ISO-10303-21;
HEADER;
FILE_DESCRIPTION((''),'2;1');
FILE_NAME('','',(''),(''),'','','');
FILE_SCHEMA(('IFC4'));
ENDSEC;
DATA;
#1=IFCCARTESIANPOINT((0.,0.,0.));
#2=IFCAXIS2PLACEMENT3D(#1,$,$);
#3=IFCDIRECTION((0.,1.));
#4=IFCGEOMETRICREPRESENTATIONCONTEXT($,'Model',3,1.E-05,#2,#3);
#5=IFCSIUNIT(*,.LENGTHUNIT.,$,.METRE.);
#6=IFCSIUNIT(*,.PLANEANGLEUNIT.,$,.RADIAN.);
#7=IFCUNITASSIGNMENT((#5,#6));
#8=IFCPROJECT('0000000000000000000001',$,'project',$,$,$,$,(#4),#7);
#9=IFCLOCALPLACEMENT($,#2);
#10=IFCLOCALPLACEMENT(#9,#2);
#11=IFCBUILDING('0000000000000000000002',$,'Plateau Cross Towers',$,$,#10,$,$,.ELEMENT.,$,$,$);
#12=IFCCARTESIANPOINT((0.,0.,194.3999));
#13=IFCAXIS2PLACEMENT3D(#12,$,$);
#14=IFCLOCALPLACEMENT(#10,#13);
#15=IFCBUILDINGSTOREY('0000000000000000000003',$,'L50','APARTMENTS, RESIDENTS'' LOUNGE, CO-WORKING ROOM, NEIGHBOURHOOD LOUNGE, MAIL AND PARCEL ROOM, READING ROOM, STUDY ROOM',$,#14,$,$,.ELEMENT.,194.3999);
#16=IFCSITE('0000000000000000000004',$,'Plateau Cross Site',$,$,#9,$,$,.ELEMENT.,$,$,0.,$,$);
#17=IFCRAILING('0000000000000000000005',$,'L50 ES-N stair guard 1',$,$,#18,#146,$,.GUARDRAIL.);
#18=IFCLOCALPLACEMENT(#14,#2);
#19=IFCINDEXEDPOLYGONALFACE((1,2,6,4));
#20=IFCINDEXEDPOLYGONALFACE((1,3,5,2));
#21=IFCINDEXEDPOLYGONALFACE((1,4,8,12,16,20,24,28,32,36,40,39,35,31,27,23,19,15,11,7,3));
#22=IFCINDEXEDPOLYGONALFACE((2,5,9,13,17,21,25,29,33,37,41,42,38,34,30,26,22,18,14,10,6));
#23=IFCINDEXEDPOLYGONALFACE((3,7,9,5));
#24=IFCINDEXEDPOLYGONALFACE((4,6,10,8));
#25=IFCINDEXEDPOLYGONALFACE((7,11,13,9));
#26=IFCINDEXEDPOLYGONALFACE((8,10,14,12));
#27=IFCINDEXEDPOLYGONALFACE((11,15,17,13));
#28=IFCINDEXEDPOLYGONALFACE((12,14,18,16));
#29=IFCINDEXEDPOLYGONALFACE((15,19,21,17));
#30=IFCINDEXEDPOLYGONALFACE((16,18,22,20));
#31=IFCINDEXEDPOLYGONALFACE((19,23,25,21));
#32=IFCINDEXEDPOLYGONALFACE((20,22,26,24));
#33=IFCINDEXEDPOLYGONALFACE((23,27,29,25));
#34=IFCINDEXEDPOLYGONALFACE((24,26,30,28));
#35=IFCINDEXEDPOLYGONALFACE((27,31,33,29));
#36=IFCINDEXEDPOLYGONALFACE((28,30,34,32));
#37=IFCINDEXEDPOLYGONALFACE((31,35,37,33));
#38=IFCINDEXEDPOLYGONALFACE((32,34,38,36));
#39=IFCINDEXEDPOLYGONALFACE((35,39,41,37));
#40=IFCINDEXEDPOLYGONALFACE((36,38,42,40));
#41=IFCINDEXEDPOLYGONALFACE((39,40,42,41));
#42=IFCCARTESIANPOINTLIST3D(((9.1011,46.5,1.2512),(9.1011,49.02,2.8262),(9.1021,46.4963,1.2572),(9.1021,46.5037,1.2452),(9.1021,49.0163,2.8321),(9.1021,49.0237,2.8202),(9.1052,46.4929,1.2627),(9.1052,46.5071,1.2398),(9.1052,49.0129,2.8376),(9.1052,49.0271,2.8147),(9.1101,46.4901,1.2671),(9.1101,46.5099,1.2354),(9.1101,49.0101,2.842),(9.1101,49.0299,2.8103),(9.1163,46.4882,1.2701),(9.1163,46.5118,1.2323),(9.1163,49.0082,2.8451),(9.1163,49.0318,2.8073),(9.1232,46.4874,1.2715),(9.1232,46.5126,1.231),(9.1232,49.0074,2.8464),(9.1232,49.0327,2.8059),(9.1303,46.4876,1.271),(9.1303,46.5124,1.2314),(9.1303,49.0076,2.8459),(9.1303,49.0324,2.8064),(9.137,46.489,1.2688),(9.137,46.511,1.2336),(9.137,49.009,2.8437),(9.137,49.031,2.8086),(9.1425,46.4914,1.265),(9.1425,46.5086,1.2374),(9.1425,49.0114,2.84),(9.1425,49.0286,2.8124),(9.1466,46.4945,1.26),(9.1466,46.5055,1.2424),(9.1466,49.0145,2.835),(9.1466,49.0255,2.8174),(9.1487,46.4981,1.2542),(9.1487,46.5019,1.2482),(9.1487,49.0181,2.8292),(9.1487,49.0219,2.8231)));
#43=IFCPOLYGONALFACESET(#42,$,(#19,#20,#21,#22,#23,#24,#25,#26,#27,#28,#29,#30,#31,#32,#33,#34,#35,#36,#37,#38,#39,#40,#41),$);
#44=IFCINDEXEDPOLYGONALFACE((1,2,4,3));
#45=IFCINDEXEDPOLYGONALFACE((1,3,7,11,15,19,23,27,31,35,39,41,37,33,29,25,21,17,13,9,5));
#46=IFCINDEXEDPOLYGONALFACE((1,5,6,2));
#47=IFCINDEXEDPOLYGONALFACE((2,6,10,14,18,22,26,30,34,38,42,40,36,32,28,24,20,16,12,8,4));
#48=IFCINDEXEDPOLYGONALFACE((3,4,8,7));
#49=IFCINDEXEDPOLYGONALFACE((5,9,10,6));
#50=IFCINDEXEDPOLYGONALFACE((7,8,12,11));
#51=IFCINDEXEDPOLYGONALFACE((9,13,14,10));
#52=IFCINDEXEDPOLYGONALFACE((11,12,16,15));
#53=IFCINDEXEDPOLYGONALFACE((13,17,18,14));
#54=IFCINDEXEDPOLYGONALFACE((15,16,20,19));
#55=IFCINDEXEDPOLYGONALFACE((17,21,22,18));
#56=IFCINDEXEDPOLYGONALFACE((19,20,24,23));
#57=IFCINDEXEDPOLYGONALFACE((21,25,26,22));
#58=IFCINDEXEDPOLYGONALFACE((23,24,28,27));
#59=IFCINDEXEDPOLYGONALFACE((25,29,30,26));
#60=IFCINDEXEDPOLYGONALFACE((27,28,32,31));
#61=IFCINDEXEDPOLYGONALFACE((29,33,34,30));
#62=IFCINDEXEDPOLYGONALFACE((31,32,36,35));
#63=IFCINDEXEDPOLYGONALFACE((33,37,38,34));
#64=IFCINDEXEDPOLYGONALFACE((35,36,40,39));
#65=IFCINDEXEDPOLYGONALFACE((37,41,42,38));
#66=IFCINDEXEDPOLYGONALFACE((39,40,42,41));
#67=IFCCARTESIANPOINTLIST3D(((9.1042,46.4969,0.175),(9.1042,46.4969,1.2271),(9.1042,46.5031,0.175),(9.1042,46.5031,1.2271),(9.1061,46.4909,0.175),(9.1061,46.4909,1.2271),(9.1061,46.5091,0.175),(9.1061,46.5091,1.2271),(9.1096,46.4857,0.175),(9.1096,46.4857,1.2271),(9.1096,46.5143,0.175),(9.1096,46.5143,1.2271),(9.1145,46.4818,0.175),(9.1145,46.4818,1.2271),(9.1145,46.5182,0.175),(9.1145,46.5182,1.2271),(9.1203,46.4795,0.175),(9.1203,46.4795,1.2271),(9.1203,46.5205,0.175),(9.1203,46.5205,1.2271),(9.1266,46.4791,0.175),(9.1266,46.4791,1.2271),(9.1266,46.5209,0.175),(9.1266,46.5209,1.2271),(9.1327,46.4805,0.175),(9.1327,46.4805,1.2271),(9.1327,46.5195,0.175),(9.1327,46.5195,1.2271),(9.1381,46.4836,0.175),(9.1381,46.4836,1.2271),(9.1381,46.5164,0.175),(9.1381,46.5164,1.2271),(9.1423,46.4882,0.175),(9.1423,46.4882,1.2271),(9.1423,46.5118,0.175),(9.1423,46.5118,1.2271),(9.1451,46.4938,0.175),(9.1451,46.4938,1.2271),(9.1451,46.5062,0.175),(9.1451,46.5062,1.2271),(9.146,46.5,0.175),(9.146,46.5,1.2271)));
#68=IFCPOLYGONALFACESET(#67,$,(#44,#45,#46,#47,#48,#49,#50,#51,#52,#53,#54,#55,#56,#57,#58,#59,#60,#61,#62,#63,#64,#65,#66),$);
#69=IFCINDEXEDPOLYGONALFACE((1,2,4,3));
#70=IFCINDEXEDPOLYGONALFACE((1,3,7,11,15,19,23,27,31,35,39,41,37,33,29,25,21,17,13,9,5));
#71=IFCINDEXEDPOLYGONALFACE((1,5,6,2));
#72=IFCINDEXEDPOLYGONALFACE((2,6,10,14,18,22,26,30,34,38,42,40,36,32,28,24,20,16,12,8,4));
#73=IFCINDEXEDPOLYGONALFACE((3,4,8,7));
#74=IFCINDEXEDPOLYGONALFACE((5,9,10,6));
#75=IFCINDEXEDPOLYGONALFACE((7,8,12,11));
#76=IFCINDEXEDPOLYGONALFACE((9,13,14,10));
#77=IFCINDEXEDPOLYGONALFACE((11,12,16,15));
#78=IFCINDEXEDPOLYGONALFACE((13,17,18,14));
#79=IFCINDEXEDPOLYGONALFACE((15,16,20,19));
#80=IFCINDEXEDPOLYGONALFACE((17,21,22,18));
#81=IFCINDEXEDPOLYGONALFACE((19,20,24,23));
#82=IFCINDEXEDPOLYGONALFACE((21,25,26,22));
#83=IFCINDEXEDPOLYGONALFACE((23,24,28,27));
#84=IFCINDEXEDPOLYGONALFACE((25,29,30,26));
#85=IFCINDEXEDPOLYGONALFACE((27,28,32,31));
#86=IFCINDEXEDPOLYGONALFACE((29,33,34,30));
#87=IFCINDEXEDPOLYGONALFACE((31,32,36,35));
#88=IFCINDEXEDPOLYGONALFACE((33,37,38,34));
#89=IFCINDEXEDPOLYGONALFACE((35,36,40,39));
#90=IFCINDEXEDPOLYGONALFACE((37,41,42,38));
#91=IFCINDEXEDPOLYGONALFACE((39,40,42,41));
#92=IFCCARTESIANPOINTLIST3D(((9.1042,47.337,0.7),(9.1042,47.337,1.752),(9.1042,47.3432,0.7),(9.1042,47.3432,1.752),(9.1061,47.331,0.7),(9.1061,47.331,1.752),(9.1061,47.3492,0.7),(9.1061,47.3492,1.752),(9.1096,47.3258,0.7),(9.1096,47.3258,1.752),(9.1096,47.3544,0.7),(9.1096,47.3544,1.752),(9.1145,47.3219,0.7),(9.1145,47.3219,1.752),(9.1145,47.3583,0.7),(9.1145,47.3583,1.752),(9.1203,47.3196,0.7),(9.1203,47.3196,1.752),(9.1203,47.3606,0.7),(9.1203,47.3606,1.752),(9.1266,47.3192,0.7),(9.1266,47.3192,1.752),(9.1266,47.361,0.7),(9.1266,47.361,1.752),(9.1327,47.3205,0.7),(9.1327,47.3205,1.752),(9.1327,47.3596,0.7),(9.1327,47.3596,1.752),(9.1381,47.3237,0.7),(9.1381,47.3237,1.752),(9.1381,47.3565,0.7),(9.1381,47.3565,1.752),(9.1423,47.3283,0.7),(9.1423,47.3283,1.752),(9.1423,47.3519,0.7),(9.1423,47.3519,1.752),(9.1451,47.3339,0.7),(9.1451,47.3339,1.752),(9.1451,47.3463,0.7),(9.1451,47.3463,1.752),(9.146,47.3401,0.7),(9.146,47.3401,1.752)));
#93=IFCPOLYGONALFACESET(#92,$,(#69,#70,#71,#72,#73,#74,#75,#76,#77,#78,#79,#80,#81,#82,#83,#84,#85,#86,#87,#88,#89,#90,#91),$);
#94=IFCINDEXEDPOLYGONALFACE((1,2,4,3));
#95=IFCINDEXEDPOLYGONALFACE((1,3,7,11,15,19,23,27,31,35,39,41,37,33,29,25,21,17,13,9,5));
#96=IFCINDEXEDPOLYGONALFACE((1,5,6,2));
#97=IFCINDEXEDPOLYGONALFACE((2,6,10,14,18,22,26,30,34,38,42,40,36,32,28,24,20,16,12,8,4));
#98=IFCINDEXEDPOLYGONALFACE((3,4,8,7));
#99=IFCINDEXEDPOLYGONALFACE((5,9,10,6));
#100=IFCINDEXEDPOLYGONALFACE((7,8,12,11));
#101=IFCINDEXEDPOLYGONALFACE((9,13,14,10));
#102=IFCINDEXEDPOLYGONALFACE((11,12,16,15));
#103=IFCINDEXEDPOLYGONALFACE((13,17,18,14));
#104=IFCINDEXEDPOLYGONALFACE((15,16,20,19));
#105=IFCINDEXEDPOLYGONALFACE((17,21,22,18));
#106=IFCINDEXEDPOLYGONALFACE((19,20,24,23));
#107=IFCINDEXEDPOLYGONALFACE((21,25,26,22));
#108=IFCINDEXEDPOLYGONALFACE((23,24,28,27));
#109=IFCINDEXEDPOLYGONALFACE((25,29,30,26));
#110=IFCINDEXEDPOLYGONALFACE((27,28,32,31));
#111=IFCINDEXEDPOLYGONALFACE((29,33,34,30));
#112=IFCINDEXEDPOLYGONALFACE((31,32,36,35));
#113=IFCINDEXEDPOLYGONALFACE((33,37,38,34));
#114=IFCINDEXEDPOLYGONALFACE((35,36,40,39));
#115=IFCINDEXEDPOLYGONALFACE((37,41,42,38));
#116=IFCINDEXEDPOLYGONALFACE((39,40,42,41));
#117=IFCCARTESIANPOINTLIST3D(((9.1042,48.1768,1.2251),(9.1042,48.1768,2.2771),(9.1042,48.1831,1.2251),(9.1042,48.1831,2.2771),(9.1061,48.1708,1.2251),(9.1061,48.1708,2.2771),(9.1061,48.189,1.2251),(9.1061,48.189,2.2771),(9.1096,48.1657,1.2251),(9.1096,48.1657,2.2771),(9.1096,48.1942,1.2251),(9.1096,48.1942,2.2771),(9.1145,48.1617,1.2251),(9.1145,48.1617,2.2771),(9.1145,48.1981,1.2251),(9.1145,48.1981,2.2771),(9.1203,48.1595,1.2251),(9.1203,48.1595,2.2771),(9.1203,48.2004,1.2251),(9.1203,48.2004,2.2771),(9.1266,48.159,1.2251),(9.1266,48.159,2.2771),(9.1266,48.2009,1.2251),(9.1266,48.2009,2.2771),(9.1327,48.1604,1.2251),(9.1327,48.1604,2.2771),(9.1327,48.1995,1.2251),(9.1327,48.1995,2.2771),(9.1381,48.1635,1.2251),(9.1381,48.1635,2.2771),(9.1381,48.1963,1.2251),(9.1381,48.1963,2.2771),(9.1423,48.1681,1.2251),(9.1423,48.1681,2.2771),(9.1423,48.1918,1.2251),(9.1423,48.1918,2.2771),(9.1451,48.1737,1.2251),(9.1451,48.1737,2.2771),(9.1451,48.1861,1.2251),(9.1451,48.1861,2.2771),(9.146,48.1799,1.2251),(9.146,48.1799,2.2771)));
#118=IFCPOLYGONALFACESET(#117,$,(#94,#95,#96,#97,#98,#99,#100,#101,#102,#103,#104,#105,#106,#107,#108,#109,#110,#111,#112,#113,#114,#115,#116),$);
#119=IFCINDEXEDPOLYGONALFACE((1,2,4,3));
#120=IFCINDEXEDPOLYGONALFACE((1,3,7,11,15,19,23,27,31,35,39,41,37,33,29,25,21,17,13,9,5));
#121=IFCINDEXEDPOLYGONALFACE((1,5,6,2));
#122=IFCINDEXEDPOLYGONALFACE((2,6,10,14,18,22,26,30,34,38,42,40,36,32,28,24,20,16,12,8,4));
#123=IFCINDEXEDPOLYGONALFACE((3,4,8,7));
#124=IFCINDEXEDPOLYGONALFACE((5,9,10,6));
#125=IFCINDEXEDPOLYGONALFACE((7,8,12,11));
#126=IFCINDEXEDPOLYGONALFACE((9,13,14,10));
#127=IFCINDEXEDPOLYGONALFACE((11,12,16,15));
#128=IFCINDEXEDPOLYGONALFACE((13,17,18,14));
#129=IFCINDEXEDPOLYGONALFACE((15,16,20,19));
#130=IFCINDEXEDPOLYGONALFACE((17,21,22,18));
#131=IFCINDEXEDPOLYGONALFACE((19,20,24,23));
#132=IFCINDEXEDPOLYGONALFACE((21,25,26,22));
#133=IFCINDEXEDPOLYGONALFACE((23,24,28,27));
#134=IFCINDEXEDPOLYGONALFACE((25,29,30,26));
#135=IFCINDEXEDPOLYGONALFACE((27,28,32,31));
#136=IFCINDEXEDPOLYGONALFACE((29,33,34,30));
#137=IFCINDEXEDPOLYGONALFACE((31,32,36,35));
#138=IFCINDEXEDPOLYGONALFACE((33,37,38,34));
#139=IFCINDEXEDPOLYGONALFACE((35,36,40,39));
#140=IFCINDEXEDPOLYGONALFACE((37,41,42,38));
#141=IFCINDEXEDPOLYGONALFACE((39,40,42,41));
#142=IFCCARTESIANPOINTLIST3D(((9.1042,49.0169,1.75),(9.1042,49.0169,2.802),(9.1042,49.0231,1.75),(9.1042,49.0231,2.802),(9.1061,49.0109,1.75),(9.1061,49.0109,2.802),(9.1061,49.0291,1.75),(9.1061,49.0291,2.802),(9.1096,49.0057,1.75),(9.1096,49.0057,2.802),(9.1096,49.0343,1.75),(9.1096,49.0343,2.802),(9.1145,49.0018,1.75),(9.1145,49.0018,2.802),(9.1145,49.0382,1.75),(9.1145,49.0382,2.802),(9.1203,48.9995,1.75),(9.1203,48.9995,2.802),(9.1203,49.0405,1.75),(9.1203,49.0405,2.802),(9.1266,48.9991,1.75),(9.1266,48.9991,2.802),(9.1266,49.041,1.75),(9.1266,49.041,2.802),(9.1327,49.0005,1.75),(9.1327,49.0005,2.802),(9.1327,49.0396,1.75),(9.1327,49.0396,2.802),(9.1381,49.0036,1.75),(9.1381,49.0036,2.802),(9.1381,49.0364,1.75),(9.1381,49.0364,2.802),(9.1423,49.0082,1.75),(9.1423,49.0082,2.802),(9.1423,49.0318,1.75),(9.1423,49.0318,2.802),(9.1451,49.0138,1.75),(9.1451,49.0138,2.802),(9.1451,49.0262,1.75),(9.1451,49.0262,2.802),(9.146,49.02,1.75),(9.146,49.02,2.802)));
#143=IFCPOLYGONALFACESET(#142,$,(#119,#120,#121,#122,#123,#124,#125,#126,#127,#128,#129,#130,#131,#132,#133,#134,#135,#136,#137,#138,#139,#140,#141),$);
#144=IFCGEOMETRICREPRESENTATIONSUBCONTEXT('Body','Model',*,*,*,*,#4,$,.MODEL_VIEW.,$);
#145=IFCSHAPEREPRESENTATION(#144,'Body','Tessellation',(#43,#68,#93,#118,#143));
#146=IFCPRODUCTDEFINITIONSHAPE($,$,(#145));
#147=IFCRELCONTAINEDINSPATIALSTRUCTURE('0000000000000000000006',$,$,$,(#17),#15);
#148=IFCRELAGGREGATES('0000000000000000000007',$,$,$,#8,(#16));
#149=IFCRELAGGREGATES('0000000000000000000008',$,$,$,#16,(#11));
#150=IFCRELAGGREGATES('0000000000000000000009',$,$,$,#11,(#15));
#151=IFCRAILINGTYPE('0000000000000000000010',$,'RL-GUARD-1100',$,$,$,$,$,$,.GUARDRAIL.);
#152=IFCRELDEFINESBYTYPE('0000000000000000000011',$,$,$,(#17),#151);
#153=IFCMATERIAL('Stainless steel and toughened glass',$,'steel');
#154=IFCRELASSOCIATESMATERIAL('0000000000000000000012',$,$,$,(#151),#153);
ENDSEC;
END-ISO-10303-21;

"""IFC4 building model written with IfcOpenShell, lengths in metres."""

from ifc_helpers import new_model, si_unit, direction, frame, origin, origin_2d, place, context, subcontext, project, spatial, circle, extrude, material, type_object, element, save


model = new_model("IFC4")

# Units and contexts
model_context = context("Model", 3, precision=1e-05, world=origin(), true_north=direction((0.0, 1.0)))
body_context = subcontext(model_context, "Body", "Model", "MODEL_VIEW")
ifc_project = project(units=[si_unit("LENGTHUNIT", "METRE"), si_unit("PLANEANGLEUNIT", "RADIAN")], contexts=[model_context])

# Site, building, storey
site_placement = place(None, origin())
site = spatial("IfcSite", under=ifc_project, at=site_placement, Name="Plateau Cross Site", CompositionType="ELEMENT", RefElevation=0.0)
building_placement = place(site_placement, origin())
building = spatial("IfcBuilding", under=site, at=building_placement, Name="Plateau Cross Towers", CompositionType="ELEMENT")
storey_placement = place(building_placement, frame((0.0, 0.0, 194.3999)))
storey = spatial("IfcBuildingStorey", under=building, at=storey_placement, Name="L50", Description="APARTMENTS, RESIDENTS' LOUNGE, CO-WORKING ROOM, NEIGHBOURHOOD LOUNGE, MAIL AND PARCEL ROOM, READING ROOM, STUDY ROOM", CompositionType="ELEMENT", Elevation=194.3999)

# Railing
ifc_material_1 = material(Name="Stainless steel and toughened glass", Category="steel")
railing_type_1 = type_object("IfcRailingType", Name="RL-GUARD-1100", PredefinedType="GUARDRAIL", material=ifc_material_1)
railing_1_placement = place(storey_placement, frame((9.125, 46.5, 0.175)))
element("IfcRailing", 1, at=railing_1_placement, inside=storey, type_object=railing_type_1, Name="L50 ES-N stair guard 1", PredefinedType="GUARDRAIL", context=body_context, shape_type="SweptSolid", body=[
    extrude(circle(Radius=0.0239, at=origin_2d()), frame((0.0, 0.0, 1.0762), z_axis=(0.0, 0.848008, 0.529984), x_axis=(-1.0, 0.0, 0.0)), (0.0, 0.0, 1.0), 2.9717),
    extrude(circle(Radius=0.021, at=origin_2d()), origin(), (0.0, 0.0, 1.0), 1.052),
    extrude(circle(Radius=0.021, at=origin_2d()), frame((0.0, 0.8401, 0.5249)), (0.0, 0.0, 1.0), 1.052),
    extrude(circle(Radius=0.021, at=origin_2d()), frame((0.0, 1.6799, 1.05)), (0.0, 0.0, 1.0), 1.052),
    extrude(circle(Radius=0.021, at=origin_2d()), frame((0.0, 2.52, 1.575)), (0.0, 0.0, 1.0), 1.052),
])

save(model, "model.ifc")
